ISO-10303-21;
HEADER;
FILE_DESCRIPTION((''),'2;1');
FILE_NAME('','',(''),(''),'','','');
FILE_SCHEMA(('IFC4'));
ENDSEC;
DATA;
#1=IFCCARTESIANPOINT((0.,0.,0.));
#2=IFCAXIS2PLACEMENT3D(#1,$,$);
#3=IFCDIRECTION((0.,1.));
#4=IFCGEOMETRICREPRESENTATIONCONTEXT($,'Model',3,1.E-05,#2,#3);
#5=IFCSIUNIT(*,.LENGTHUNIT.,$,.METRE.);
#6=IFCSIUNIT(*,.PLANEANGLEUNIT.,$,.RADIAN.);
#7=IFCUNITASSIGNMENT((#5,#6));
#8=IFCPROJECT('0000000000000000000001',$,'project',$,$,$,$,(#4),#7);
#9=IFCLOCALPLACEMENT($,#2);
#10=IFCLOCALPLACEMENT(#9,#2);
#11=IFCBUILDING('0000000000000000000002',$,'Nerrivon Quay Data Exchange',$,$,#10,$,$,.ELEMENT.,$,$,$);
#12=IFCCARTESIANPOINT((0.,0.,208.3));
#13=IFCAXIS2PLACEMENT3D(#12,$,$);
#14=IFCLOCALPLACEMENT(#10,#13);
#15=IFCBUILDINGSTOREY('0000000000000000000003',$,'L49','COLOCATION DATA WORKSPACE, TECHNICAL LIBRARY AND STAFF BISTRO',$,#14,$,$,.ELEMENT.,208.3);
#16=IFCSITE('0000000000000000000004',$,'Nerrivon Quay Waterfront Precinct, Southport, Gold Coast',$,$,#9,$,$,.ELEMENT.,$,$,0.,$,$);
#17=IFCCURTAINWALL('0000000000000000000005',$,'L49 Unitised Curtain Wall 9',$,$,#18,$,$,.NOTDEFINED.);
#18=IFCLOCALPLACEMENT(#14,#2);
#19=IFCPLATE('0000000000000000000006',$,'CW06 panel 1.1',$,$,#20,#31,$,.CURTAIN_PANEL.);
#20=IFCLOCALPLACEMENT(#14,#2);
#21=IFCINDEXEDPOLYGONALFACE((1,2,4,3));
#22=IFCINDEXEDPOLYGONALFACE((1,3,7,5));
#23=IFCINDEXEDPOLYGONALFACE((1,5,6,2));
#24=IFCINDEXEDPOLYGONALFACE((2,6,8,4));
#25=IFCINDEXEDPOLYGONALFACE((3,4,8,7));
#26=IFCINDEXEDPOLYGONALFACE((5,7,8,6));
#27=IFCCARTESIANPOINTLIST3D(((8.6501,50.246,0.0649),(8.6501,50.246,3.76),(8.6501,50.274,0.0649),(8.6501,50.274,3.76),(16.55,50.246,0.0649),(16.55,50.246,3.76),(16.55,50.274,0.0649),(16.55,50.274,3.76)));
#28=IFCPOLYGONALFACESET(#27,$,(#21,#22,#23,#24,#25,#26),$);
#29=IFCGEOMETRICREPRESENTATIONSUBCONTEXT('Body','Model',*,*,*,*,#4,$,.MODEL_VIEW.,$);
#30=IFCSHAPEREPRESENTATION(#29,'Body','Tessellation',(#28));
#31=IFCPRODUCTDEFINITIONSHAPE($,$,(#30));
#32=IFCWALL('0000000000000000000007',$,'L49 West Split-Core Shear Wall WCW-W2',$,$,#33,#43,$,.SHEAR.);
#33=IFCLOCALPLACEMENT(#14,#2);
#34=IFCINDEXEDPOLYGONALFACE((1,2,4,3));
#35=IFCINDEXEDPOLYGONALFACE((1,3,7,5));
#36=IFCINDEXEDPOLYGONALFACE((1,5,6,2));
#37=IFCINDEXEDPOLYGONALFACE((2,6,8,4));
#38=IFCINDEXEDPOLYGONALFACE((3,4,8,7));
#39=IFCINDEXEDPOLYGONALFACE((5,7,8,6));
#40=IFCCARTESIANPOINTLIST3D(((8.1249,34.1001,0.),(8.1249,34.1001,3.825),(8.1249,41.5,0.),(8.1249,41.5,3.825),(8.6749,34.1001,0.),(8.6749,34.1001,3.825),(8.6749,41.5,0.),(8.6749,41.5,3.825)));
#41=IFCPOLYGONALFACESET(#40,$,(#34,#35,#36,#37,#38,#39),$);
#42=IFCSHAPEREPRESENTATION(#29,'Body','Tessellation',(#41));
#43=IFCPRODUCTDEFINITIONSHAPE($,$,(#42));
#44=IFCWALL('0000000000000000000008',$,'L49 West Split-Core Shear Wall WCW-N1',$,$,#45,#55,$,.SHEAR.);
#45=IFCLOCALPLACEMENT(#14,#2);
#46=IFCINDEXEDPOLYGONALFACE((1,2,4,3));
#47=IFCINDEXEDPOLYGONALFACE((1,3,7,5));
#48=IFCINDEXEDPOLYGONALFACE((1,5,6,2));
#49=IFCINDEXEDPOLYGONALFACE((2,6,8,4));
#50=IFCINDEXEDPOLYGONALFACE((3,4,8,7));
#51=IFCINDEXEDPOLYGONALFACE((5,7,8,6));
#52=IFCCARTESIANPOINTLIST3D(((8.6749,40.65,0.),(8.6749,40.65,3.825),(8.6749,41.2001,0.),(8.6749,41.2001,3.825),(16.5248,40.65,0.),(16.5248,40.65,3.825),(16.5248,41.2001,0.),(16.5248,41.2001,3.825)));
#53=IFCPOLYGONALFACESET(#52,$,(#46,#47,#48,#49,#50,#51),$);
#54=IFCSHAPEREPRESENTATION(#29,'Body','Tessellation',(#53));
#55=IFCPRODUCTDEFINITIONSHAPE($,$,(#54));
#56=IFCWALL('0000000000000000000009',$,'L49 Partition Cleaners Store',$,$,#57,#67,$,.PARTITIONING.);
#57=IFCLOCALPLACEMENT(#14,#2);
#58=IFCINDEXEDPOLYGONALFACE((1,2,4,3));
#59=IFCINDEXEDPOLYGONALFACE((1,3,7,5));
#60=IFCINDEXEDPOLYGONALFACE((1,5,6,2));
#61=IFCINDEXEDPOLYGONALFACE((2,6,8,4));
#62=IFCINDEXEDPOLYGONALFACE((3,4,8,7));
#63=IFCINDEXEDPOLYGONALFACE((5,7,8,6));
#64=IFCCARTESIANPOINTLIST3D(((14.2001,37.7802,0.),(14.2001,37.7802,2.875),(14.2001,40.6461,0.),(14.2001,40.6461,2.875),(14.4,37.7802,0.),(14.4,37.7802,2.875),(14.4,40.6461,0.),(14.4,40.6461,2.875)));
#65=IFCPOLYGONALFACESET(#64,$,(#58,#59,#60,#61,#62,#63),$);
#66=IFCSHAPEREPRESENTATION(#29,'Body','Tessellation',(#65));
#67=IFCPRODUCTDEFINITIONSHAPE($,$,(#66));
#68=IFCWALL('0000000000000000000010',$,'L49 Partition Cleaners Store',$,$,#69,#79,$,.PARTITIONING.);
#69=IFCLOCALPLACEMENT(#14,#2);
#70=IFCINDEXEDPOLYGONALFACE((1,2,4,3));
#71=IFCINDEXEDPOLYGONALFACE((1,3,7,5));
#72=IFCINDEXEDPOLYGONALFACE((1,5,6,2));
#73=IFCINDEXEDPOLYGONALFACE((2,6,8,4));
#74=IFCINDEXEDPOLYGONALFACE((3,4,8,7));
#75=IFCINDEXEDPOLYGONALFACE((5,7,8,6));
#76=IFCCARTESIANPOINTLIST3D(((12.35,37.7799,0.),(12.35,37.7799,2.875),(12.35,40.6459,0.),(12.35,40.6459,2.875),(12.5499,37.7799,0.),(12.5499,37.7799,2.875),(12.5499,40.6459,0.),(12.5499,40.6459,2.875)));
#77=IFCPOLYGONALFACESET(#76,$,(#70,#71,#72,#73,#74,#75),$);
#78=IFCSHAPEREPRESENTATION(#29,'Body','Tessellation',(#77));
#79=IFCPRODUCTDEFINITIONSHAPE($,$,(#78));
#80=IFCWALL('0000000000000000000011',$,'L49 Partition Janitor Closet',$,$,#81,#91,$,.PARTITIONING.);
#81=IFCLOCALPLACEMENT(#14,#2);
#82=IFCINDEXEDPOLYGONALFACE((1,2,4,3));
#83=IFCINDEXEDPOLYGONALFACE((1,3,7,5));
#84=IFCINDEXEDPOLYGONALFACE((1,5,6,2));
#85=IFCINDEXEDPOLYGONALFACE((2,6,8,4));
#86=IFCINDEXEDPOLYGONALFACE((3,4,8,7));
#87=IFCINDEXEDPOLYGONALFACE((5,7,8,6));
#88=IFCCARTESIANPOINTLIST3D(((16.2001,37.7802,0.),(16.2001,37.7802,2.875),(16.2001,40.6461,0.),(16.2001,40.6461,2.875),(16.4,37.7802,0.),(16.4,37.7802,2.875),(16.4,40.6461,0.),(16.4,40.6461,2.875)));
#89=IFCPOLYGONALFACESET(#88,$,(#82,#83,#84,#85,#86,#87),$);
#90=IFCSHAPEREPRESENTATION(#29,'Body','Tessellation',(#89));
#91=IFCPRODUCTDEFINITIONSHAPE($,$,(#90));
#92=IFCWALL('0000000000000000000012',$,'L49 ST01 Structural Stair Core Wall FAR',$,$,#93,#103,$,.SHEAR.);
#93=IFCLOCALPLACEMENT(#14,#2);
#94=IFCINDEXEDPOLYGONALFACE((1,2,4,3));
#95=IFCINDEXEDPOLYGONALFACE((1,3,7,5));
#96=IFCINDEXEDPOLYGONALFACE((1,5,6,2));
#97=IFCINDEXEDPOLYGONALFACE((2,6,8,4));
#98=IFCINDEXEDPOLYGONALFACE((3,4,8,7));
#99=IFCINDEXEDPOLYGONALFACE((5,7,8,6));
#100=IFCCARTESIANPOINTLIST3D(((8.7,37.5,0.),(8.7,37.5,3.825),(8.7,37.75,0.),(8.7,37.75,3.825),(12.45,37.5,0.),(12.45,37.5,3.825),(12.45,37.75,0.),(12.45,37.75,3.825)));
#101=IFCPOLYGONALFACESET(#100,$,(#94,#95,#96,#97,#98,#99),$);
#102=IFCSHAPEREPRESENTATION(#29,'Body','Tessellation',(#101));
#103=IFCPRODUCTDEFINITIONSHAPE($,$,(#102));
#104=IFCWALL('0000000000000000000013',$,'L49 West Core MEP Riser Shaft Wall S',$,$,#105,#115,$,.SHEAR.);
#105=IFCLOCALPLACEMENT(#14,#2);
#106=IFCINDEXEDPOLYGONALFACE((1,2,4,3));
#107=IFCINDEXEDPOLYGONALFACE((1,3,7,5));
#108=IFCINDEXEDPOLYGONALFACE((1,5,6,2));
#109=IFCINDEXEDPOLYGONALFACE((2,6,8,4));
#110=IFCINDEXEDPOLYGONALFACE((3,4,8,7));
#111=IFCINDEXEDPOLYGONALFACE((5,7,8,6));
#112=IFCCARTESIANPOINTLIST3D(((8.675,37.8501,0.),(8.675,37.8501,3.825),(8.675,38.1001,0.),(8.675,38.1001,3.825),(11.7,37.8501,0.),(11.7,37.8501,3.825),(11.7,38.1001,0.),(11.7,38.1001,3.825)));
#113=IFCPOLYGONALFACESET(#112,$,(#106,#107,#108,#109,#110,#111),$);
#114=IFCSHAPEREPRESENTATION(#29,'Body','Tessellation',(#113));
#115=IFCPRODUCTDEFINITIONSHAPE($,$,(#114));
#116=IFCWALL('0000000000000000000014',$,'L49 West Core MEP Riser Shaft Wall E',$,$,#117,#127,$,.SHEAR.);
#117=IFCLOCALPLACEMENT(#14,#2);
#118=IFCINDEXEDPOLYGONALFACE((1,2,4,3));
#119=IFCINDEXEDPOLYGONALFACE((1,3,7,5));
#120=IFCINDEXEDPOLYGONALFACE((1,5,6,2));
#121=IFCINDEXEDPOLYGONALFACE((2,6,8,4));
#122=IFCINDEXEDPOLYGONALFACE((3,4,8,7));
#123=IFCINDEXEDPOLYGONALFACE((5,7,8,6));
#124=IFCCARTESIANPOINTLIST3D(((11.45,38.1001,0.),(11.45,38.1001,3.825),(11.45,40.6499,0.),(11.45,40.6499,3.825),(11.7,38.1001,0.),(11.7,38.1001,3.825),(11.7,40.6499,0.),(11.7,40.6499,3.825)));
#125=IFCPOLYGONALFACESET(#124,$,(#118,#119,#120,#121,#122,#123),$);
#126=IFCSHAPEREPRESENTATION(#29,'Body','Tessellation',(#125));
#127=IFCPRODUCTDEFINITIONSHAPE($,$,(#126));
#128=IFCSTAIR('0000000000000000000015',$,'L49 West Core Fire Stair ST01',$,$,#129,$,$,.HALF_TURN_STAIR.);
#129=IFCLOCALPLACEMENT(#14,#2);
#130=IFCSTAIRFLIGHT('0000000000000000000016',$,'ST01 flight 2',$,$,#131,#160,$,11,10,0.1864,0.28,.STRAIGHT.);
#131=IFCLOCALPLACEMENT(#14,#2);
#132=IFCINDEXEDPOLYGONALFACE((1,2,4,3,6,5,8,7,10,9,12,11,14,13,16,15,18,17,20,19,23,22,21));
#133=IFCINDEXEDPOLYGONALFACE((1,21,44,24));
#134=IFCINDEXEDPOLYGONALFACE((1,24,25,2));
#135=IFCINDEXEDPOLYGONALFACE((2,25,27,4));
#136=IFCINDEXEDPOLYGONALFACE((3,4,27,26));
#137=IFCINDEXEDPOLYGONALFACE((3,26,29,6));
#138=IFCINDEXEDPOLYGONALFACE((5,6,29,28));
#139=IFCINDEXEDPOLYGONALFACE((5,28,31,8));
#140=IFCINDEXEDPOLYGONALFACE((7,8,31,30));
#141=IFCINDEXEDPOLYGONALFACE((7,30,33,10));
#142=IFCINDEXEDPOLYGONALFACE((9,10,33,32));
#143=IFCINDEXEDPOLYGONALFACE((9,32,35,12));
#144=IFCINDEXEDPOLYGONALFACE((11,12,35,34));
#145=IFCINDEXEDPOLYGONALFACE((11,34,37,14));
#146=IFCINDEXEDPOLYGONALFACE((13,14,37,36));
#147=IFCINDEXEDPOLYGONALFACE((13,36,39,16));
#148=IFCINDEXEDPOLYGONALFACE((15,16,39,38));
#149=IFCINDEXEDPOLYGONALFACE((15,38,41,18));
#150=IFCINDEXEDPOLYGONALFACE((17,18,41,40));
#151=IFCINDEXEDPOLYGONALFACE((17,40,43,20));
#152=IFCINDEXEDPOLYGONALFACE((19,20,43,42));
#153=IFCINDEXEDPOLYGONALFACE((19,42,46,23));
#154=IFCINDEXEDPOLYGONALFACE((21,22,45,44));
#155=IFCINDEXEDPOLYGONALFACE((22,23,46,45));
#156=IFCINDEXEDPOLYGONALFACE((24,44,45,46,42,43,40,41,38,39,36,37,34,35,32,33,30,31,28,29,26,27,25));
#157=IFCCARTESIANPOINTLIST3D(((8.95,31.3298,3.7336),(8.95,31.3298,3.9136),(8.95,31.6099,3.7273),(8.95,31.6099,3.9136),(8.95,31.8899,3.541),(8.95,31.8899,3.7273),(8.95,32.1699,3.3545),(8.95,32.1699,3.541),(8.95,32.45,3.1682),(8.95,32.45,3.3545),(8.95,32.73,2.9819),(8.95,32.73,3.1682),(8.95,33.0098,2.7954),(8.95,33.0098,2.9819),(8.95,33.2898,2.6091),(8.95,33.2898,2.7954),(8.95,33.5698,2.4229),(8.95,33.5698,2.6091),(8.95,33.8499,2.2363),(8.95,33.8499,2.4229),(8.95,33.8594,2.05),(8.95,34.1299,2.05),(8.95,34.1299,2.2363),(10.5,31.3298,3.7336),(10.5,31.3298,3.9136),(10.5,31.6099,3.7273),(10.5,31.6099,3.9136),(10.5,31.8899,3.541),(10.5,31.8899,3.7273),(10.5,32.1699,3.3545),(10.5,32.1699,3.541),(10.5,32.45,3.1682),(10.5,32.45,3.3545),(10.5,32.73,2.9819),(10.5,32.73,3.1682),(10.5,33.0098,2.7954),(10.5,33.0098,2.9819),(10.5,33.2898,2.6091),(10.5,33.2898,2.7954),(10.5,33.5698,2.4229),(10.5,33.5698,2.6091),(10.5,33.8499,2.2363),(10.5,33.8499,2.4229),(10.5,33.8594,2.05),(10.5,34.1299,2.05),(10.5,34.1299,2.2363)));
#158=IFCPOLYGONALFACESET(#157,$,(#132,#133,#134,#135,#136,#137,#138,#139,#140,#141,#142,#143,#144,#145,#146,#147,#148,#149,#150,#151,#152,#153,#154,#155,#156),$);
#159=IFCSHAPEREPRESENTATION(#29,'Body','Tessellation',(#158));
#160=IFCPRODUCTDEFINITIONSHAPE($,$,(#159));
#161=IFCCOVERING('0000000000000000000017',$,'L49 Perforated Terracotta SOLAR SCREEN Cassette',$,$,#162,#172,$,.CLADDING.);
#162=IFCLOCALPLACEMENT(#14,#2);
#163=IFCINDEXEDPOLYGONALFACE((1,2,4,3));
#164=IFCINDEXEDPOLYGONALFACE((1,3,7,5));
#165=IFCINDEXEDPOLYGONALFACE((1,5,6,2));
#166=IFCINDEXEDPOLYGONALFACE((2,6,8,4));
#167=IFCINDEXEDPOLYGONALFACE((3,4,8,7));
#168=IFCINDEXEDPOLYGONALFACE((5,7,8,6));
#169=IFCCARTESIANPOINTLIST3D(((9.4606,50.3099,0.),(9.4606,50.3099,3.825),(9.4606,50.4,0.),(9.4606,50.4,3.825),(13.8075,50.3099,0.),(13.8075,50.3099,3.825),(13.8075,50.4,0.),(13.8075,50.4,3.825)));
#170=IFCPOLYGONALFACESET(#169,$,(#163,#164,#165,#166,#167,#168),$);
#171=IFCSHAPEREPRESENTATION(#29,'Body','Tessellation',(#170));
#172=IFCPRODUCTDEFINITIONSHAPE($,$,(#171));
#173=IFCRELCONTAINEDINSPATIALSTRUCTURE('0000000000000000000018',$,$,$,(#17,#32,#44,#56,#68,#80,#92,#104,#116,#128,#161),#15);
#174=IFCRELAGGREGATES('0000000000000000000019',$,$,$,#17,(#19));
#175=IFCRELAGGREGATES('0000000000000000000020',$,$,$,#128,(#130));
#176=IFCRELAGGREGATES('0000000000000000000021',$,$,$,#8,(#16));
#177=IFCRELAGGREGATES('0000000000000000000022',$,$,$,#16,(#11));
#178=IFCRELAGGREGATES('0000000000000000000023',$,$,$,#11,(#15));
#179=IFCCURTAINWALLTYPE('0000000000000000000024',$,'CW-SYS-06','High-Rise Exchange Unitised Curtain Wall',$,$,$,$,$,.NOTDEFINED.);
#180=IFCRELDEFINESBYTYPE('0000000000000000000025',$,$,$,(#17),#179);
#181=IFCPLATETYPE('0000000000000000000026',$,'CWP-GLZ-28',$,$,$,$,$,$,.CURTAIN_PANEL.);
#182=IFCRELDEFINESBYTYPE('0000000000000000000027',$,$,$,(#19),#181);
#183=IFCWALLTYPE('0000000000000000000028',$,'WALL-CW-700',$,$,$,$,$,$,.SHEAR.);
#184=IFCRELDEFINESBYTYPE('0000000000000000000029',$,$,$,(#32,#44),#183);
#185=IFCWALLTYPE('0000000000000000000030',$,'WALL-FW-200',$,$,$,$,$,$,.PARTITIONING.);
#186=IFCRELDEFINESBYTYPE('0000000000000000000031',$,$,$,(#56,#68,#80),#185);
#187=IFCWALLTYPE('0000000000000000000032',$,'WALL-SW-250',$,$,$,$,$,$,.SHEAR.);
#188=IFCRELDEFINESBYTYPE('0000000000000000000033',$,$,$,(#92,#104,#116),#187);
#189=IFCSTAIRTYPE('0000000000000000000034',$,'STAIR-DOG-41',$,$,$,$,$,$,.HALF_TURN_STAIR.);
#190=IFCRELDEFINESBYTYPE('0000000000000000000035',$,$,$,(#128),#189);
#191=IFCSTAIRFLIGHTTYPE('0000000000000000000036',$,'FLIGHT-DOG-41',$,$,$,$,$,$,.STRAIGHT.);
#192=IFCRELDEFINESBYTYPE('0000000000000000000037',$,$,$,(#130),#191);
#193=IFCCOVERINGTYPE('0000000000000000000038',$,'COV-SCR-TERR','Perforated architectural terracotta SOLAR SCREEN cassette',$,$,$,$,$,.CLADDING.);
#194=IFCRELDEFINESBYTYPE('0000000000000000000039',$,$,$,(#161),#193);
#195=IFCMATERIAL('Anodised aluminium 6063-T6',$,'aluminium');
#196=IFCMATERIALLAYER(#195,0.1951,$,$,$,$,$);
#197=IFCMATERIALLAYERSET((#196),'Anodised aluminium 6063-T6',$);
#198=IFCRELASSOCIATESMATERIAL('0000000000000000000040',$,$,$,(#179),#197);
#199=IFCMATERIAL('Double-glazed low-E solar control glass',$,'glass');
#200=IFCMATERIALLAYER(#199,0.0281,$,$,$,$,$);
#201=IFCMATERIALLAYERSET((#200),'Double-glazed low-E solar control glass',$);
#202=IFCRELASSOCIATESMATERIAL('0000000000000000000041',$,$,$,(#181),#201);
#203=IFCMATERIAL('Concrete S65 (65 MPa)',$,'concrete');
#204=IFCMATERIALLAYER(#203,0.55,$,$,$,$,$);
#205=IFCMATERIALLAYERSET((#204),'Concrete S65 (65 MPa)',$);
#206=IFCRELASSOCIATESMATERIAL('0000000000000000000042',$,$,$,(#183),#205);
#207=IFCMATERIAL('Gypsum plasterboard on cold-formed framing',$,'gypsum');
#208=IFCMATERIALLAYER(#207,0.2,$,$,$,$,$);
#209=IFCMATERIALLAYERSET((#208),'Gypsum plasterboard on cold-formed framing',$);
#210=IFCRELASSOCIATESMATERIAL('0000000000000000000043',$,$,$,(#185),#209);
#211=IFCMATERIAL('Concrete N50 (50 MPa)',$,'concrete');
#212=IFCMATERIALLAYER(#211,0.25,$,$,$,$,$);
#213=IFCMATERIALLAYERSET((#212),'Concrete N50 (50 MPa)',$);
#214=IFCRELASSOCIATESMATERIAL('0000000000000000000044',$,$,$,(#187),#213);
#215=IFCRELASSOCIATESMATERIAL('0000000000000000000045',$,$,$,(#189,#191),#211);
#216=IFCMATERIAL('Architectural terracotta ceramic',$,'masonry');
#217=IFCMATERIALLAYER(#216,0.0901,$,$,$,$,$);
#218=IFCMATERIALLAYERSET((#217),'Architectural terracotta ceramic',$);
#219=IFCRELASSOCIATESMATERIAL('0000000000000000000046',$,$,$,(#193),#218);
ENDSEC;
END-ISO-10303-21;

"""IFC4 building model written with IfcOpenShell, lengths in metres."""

from ifc_helpers import new_model, si_unit, direction, frame, frame_2d, origin, origin_2d, place, context, subcontext, project, spatial, polyline, rectangle, outline, extrude, material, layer, layer_set, type_object, element, aggregate, save


model = new_model("IFC4")

# Units and contexts
model_context = context("Model", 3, precision=1e-05, world=origin(), true_north=direction((0.0, 1.0)))
body_context = subcontext(model_context, "Body", "Model", "MODEL_VIEW")
ifc_project = project(units=[si_unit("LENGTHUNIT", "METRE"), si_unit("PLANEANGLEUNIT", "RADIAN")], contexts=[model_context])

# Site, building, storey
site_placement = place(None, origin())
site = spatial("IfcSite", under=ifc_project, at=site_placement, Name="Nerrivon Quay Waterfront Precinct, Southport, Gold Coast", CompositionType="ELEMENT", RefElevation=0.0)
building_placement = place(site_placement, origin())
building = spatial("IfcBuilding", under=site, at=building_placement, Name="Nerrivon Quay Data Exchange", CompositionType="ELEMENT")
storey_placement = place(building_placement, frame((0.0, 0.0, 208.3)))
storey = spatial("IfcBuildingStorey", under=building, at=storey_placement, Name="L49", Description="COLOCATION DATA WORKSPACE, TECHNICAL LIBRARY AND STAFF BISTRO", CompositionType="ELEMENT", Elevation=208.3)

# Shared definitions
ifc_material_1 = material(Name="Concrete S65 (65 MPa)", Category="concrete")

# Shared definitions
ifc_material_2 = material(Name="Concrete N50 (50 MPa)", Category="concrete")

# Curtain wall, plate
ifc_material_3 = material(Name="Anodised aluminium 6063-T6", Category="aluminium")
ifc_layer_1 = layer(ifc_material_3, 0.1951)
ifc_layer_set_1 = layer_set([ifc_layer_1], Name="Anodised aluminium 6063-T6")
curtain_wall_type = type_object("IfcCurtainWallType", Name="CW-SYS-06", Description="High-Rise Exchange Unitised Curtain Wall", PredefinedType="NOTDEFINED", material=ifc_layer_set_1)
curtain_wall_placement = place(storey_placement, origin())
curtain_wall = element("IfcCurtainWall", 1, at=curtain_wall_placement, inside=storey, type_object=curtain_wall_type, Name="L49 Unitised Curtain Wall 9", PredefinedType="NOTDEFINED")
ifc_material_4 = material(Name="Double-glazed low-E solar control glass", Category="glass")
ifc_layer_2 = layer(ifc_material_4, 0.0281)
ifc_layer_set_2 = layer_set([ifc_layer_2], Name="Double-glazed low-E solar control glass")
plate_type = type_object("IfcPlateType", Name="CWP-GLZ-28", PredefinedType="CURTAIN_PANEL", material=ifc_layer_set_2)
plate_placement = place(storey_placement, frame((12.6001, 50.26, 0.0649), z_axis=(0.0, 0.0, 1.0), x_axis=(1.0, 0.0, 0.0)))
plate = element("IfcPlate", 2, at=plate_placement, type_object=plate_type, Name="CW06 panel 1.1", PredefinedType="CURTAIN_PANEL", context=body_context, shape_type="SweptSolid", body=[
    extrude(rectangle(XDim=7.8999, YDim=0.0281, at=origin_2d()), origin(), (0.0, 0.0, 1.0), 3.6951),
])
aggregate(curtain_wall, [plate])

# Walls
ifc_layer_3 = layer(ifc_material_1, 0.55)
ifc_layer_set_3 = layer_set([ifc_layer_3], Name="Concrete S65 (65 MPa)")
wall_type_1 = type_object("IfcWallType", Name="WALL-CW-700", PredefinedType="SHEAR", material=ifc_layer_set_3)
wall_1_placement = place(storey_placement, frame((8.3999, 34.1001, 0.0), z_axis=(0.0, 0.0, 1.0), x_axis=(0.0, 1.0, 0.0)))
element("IfcWall", 3, at=wall_1_placement, inside=storey, type_object=wall_type_1, Name="L49 West Split-Core Shear Wall WCW-W2", PredefinedType="SHEAR", context=body_context, shape_type="SweptSolid", body=[
    extrude(rectangle(XDim=7.3999, YDim=0.55, at=frame_2d((3.7, 0.0))), origin(), (0.0, 0.0, 1.0), 3.825),
])
wall_2_placement = place(storey_placement, frame((8.675, 40.925, 0.0), z_axis=(0.0, 0.0, 1.0), x_axis=(1.0, 0.0, 0.0)))
element("IfcWall", 4, at=wall_2_placement, inside=storey, type_object=wall_type_1, Name="L49 West Split-Core Shear Wall WCW-N1", PredefinedType="SHEAR", context=body_context, shape_type="SweptSolid", body=[
    extrude(rectangle(XDim=7.8499, YDim=0.55, at=frame_2d((3.9248, 0.0))), origin(), (0.0, 0.0, 1.0), 3.825),
])
ifc_material_5 = material(Name="Gypsum plasterboard on cold-formed framing", Category="gypsum")
ifc_layer_4 = layer(ifc_material_5, 0.2)
ifc_layer_set_4 = layer_set([ifc_layer_4], Name="Gypsum plasterboard on cold-formed framing")
wall_type_2 = type_object("IfcWallType", Name="WALL-FW-200", PredefinedType="PARTITIONING", material=ifc_layer_set_4)
for number, where, z_axis, x_axis, name in (
    (5, (14.3, 37.78, 0.0), (0.0, 0.0, 1.0), (0.0, 1.0, 0.0), "L49 Partition Cleaners Store"),
    (6, (12.45, 40.646, 0.0), (0.0, 0.0, 1.0), (0.0, -1.0, 0.0), "L49 Partition Cleaners Store"),
    (7, (16.3, 37.78, 0.0), (0.0, 0.0, 1.0), (0.0, 1.0, 0.0), "L49 Partition Janitor Closet"),
):
    element("IfcWall", number, at=place(storey_placement, frame(where, z_axis=z_axis, x_axis=x_axis)), inside=storey, type_object=wall_type_2, Name=name, PredefinedType="PARTITIONING", context=body_context, shape_type="SweptSolid", body=[
        extrude(rectangle(XDim=2.866, YDim=0.2, at=frame_2d((1.4331, 0.0))), origin(), (0.0, 0.0, 1.0), 2.875),
    ])
ifc_layer_5 = layer(ifc_material_2, 0.25)
ifc_layer_set_5 = layer_set([ifc_layer_5], Name="Concrete N50 (50 MPa)")
wall_type_3 = type_object("IfcWallType", Name="WALL-SW-250", PredefinedType="SHEAR", material=ifc_layer_set_5)
wall_3_placement = place(storey_placement, frame((12.45, 37.625, 0.0), z_axis=(0.0, 0.0, 1.0), x_axis=(-1.0, 0.0, 0.0)))
element("IfcWall", 8, at=wall_3_placement, inside=storey, type_object=wall_type_3, Name="L49 ST01 Structural Stair Core Wall FAR", PredefinedType="SHEAR", context=body_context, shape_type="SweptSolid", body=[
    extrude(rectangle(XDim=3.75, YDim=0.25, at=frame_2d((1.875, 0.0))), origin(), (0.0, 0.0, 1.0), 3.825),
])
wall_4_placement = place(storey_placement, frame((8.675, 37.9751, 0.0), z_axis=(0.0, 0.0, 1.0), x_axis=(1.0, 0.0, 0.0)))
element("IfcWall", 9, at=wall_4_placement, inside=storey, type_object=wall_type_3, Name="L49 West Core MEP Riser Shaft Wall S", PredefinedType="SHEAR", context=body_context, shape_type="SweptSolid", body=[
    extrude(rectangle(XDim=3.0249, YDim=0.25, at=frame_2d((1.5125, 0.0))), origin(), (0.0, 0.0, 1.0), 3.825),
])
wall_5_placement = place(storey_placement, frame((11.575, 38.1001, 0.0), z_axis=(0.0, 0.0, 1.0), x_axis=(0.0, 1.0, 0.0)))
element("IfcWall", 10, at=wall_5_placement, inside=storey, type_object=wall_type_3, Name="L49 West Core MEP Riser Shaft Wall E", PredefinedType="SHEAR", context=body_context, shape_type="SweptSolid", body=[
    extrude(rectangle(XDim=2.5498, YDim=0.25, at=frame_2d((1.2749, 0.0))), origin(), (0.0, 0.0, 1.0), 3.825),
])

# Stair, stair flight
stair_type = type_object("IfcStairType", Name="STAIR-DOG-41", PredefinedType="HALF_TURN_STAIR", material=ifc_material_2)
stair_placement = place(storey_placement, origin())
stair = element("IfcStair", 11, at=stair_placement, inside=storey, type_object=stair_type, Name="L49 West Core Fire Stair ST01", PredefinedType="HALF_TURN_STAIR")
stair_flight_type = type_object("IfcStairFlightType", Name="FLIGHT-DOG-41", PredefinedType="STRAIGHT", material=ifc_material_2)
stair_flight_placement = place(storey_placement, frame((9.7251, 34.1299, 2.05), z_axis=(0.0, 0.0, 1.0), x_axis=(0.0, -1.0, 0.0)))
stair_flight = element("IfcStairFlight", 12, at=stair_flight_placement, type_object=stair_flight_type, Name="ST01 flight 2", NumberOfRisers=11, NumberOfTreads=10, PredefinedType="STRAIGHT", RiserHeight=0.1864, TreadLength=0.28, context=body_context, shape_type="SweptSolid", body=[
    extrude(outline(polyline([(0.0, 0.0), (0.0, 0.1863), (0.28, 0.1863), (0.28, 0.3728), (0.5601, 0.3728), (0.5601, 0.5591), (0.8401, 0.5591), (0.8401, 0.7454), (1.1201, 0.7454), (1.1201, 0.9319), (1.3999, 0.9319), (1.3999, 1.1182), (1.6799, 1.1182), (1.6799, 1.3044), (1.96, 1.3044), (1.96, 1.491), (2.24, 1.491), (2.24, 1.6772), (2.52, 1.6772), (2.52, 1.8635), (2.8, 1.8635), (2.8, 2.05), (2.8, 1.6836), (0.2705, 0.0), (0.0, 0.0)])), frame((0.0, 0.7749, 0.0), z_axis=(0.0, -1.0, 0.0), x_axis=(1.0, 0.0, 0.0)), (0.0, 0.0, 1.0), 1.55),
])
aggregate(stair, [stair_flight])

# Covering
ifc_material_6 = material(Name="Architectural terracotta ceramic", Category="masonry")
ifc_layer_6 = layer(ifc_material_6, 0.0901)
ifc_layer_set_6 = layer_set([ifc_layer_6], Name="Architectural terracotta ceramic")
covering_type = type_object("IfcCoveringType", Name="COV-SCR-TERR", Description="Perforated architectural terracotta SOLAR SCREEN cassette", PredefinedType="CLADDING", material=ifc_layer_set_6)
covering_placement = place(storey_placement, frame((11.634, 50.355, 0.0), z_axis=(0.0, 0.0, 1.0), x_axis=(1.0, 0.0, 0.0)))
element("IfcCovering", 13, at=covering_placement, inside=storey, type_object=covering_type, Name="L49 Perforated Terracotta SOLAR SCREEN Cassette", PredefinedType="CLADDING", context=body_context, shape_type="SweptSolid", body=[
    extrude(rectangle(XDim=4.3469, YDim=0.0901, at=origin_2d()), origin(), (0.0, 0.0, 1.0), 3.825),
])

save(model, "model.ifc")
